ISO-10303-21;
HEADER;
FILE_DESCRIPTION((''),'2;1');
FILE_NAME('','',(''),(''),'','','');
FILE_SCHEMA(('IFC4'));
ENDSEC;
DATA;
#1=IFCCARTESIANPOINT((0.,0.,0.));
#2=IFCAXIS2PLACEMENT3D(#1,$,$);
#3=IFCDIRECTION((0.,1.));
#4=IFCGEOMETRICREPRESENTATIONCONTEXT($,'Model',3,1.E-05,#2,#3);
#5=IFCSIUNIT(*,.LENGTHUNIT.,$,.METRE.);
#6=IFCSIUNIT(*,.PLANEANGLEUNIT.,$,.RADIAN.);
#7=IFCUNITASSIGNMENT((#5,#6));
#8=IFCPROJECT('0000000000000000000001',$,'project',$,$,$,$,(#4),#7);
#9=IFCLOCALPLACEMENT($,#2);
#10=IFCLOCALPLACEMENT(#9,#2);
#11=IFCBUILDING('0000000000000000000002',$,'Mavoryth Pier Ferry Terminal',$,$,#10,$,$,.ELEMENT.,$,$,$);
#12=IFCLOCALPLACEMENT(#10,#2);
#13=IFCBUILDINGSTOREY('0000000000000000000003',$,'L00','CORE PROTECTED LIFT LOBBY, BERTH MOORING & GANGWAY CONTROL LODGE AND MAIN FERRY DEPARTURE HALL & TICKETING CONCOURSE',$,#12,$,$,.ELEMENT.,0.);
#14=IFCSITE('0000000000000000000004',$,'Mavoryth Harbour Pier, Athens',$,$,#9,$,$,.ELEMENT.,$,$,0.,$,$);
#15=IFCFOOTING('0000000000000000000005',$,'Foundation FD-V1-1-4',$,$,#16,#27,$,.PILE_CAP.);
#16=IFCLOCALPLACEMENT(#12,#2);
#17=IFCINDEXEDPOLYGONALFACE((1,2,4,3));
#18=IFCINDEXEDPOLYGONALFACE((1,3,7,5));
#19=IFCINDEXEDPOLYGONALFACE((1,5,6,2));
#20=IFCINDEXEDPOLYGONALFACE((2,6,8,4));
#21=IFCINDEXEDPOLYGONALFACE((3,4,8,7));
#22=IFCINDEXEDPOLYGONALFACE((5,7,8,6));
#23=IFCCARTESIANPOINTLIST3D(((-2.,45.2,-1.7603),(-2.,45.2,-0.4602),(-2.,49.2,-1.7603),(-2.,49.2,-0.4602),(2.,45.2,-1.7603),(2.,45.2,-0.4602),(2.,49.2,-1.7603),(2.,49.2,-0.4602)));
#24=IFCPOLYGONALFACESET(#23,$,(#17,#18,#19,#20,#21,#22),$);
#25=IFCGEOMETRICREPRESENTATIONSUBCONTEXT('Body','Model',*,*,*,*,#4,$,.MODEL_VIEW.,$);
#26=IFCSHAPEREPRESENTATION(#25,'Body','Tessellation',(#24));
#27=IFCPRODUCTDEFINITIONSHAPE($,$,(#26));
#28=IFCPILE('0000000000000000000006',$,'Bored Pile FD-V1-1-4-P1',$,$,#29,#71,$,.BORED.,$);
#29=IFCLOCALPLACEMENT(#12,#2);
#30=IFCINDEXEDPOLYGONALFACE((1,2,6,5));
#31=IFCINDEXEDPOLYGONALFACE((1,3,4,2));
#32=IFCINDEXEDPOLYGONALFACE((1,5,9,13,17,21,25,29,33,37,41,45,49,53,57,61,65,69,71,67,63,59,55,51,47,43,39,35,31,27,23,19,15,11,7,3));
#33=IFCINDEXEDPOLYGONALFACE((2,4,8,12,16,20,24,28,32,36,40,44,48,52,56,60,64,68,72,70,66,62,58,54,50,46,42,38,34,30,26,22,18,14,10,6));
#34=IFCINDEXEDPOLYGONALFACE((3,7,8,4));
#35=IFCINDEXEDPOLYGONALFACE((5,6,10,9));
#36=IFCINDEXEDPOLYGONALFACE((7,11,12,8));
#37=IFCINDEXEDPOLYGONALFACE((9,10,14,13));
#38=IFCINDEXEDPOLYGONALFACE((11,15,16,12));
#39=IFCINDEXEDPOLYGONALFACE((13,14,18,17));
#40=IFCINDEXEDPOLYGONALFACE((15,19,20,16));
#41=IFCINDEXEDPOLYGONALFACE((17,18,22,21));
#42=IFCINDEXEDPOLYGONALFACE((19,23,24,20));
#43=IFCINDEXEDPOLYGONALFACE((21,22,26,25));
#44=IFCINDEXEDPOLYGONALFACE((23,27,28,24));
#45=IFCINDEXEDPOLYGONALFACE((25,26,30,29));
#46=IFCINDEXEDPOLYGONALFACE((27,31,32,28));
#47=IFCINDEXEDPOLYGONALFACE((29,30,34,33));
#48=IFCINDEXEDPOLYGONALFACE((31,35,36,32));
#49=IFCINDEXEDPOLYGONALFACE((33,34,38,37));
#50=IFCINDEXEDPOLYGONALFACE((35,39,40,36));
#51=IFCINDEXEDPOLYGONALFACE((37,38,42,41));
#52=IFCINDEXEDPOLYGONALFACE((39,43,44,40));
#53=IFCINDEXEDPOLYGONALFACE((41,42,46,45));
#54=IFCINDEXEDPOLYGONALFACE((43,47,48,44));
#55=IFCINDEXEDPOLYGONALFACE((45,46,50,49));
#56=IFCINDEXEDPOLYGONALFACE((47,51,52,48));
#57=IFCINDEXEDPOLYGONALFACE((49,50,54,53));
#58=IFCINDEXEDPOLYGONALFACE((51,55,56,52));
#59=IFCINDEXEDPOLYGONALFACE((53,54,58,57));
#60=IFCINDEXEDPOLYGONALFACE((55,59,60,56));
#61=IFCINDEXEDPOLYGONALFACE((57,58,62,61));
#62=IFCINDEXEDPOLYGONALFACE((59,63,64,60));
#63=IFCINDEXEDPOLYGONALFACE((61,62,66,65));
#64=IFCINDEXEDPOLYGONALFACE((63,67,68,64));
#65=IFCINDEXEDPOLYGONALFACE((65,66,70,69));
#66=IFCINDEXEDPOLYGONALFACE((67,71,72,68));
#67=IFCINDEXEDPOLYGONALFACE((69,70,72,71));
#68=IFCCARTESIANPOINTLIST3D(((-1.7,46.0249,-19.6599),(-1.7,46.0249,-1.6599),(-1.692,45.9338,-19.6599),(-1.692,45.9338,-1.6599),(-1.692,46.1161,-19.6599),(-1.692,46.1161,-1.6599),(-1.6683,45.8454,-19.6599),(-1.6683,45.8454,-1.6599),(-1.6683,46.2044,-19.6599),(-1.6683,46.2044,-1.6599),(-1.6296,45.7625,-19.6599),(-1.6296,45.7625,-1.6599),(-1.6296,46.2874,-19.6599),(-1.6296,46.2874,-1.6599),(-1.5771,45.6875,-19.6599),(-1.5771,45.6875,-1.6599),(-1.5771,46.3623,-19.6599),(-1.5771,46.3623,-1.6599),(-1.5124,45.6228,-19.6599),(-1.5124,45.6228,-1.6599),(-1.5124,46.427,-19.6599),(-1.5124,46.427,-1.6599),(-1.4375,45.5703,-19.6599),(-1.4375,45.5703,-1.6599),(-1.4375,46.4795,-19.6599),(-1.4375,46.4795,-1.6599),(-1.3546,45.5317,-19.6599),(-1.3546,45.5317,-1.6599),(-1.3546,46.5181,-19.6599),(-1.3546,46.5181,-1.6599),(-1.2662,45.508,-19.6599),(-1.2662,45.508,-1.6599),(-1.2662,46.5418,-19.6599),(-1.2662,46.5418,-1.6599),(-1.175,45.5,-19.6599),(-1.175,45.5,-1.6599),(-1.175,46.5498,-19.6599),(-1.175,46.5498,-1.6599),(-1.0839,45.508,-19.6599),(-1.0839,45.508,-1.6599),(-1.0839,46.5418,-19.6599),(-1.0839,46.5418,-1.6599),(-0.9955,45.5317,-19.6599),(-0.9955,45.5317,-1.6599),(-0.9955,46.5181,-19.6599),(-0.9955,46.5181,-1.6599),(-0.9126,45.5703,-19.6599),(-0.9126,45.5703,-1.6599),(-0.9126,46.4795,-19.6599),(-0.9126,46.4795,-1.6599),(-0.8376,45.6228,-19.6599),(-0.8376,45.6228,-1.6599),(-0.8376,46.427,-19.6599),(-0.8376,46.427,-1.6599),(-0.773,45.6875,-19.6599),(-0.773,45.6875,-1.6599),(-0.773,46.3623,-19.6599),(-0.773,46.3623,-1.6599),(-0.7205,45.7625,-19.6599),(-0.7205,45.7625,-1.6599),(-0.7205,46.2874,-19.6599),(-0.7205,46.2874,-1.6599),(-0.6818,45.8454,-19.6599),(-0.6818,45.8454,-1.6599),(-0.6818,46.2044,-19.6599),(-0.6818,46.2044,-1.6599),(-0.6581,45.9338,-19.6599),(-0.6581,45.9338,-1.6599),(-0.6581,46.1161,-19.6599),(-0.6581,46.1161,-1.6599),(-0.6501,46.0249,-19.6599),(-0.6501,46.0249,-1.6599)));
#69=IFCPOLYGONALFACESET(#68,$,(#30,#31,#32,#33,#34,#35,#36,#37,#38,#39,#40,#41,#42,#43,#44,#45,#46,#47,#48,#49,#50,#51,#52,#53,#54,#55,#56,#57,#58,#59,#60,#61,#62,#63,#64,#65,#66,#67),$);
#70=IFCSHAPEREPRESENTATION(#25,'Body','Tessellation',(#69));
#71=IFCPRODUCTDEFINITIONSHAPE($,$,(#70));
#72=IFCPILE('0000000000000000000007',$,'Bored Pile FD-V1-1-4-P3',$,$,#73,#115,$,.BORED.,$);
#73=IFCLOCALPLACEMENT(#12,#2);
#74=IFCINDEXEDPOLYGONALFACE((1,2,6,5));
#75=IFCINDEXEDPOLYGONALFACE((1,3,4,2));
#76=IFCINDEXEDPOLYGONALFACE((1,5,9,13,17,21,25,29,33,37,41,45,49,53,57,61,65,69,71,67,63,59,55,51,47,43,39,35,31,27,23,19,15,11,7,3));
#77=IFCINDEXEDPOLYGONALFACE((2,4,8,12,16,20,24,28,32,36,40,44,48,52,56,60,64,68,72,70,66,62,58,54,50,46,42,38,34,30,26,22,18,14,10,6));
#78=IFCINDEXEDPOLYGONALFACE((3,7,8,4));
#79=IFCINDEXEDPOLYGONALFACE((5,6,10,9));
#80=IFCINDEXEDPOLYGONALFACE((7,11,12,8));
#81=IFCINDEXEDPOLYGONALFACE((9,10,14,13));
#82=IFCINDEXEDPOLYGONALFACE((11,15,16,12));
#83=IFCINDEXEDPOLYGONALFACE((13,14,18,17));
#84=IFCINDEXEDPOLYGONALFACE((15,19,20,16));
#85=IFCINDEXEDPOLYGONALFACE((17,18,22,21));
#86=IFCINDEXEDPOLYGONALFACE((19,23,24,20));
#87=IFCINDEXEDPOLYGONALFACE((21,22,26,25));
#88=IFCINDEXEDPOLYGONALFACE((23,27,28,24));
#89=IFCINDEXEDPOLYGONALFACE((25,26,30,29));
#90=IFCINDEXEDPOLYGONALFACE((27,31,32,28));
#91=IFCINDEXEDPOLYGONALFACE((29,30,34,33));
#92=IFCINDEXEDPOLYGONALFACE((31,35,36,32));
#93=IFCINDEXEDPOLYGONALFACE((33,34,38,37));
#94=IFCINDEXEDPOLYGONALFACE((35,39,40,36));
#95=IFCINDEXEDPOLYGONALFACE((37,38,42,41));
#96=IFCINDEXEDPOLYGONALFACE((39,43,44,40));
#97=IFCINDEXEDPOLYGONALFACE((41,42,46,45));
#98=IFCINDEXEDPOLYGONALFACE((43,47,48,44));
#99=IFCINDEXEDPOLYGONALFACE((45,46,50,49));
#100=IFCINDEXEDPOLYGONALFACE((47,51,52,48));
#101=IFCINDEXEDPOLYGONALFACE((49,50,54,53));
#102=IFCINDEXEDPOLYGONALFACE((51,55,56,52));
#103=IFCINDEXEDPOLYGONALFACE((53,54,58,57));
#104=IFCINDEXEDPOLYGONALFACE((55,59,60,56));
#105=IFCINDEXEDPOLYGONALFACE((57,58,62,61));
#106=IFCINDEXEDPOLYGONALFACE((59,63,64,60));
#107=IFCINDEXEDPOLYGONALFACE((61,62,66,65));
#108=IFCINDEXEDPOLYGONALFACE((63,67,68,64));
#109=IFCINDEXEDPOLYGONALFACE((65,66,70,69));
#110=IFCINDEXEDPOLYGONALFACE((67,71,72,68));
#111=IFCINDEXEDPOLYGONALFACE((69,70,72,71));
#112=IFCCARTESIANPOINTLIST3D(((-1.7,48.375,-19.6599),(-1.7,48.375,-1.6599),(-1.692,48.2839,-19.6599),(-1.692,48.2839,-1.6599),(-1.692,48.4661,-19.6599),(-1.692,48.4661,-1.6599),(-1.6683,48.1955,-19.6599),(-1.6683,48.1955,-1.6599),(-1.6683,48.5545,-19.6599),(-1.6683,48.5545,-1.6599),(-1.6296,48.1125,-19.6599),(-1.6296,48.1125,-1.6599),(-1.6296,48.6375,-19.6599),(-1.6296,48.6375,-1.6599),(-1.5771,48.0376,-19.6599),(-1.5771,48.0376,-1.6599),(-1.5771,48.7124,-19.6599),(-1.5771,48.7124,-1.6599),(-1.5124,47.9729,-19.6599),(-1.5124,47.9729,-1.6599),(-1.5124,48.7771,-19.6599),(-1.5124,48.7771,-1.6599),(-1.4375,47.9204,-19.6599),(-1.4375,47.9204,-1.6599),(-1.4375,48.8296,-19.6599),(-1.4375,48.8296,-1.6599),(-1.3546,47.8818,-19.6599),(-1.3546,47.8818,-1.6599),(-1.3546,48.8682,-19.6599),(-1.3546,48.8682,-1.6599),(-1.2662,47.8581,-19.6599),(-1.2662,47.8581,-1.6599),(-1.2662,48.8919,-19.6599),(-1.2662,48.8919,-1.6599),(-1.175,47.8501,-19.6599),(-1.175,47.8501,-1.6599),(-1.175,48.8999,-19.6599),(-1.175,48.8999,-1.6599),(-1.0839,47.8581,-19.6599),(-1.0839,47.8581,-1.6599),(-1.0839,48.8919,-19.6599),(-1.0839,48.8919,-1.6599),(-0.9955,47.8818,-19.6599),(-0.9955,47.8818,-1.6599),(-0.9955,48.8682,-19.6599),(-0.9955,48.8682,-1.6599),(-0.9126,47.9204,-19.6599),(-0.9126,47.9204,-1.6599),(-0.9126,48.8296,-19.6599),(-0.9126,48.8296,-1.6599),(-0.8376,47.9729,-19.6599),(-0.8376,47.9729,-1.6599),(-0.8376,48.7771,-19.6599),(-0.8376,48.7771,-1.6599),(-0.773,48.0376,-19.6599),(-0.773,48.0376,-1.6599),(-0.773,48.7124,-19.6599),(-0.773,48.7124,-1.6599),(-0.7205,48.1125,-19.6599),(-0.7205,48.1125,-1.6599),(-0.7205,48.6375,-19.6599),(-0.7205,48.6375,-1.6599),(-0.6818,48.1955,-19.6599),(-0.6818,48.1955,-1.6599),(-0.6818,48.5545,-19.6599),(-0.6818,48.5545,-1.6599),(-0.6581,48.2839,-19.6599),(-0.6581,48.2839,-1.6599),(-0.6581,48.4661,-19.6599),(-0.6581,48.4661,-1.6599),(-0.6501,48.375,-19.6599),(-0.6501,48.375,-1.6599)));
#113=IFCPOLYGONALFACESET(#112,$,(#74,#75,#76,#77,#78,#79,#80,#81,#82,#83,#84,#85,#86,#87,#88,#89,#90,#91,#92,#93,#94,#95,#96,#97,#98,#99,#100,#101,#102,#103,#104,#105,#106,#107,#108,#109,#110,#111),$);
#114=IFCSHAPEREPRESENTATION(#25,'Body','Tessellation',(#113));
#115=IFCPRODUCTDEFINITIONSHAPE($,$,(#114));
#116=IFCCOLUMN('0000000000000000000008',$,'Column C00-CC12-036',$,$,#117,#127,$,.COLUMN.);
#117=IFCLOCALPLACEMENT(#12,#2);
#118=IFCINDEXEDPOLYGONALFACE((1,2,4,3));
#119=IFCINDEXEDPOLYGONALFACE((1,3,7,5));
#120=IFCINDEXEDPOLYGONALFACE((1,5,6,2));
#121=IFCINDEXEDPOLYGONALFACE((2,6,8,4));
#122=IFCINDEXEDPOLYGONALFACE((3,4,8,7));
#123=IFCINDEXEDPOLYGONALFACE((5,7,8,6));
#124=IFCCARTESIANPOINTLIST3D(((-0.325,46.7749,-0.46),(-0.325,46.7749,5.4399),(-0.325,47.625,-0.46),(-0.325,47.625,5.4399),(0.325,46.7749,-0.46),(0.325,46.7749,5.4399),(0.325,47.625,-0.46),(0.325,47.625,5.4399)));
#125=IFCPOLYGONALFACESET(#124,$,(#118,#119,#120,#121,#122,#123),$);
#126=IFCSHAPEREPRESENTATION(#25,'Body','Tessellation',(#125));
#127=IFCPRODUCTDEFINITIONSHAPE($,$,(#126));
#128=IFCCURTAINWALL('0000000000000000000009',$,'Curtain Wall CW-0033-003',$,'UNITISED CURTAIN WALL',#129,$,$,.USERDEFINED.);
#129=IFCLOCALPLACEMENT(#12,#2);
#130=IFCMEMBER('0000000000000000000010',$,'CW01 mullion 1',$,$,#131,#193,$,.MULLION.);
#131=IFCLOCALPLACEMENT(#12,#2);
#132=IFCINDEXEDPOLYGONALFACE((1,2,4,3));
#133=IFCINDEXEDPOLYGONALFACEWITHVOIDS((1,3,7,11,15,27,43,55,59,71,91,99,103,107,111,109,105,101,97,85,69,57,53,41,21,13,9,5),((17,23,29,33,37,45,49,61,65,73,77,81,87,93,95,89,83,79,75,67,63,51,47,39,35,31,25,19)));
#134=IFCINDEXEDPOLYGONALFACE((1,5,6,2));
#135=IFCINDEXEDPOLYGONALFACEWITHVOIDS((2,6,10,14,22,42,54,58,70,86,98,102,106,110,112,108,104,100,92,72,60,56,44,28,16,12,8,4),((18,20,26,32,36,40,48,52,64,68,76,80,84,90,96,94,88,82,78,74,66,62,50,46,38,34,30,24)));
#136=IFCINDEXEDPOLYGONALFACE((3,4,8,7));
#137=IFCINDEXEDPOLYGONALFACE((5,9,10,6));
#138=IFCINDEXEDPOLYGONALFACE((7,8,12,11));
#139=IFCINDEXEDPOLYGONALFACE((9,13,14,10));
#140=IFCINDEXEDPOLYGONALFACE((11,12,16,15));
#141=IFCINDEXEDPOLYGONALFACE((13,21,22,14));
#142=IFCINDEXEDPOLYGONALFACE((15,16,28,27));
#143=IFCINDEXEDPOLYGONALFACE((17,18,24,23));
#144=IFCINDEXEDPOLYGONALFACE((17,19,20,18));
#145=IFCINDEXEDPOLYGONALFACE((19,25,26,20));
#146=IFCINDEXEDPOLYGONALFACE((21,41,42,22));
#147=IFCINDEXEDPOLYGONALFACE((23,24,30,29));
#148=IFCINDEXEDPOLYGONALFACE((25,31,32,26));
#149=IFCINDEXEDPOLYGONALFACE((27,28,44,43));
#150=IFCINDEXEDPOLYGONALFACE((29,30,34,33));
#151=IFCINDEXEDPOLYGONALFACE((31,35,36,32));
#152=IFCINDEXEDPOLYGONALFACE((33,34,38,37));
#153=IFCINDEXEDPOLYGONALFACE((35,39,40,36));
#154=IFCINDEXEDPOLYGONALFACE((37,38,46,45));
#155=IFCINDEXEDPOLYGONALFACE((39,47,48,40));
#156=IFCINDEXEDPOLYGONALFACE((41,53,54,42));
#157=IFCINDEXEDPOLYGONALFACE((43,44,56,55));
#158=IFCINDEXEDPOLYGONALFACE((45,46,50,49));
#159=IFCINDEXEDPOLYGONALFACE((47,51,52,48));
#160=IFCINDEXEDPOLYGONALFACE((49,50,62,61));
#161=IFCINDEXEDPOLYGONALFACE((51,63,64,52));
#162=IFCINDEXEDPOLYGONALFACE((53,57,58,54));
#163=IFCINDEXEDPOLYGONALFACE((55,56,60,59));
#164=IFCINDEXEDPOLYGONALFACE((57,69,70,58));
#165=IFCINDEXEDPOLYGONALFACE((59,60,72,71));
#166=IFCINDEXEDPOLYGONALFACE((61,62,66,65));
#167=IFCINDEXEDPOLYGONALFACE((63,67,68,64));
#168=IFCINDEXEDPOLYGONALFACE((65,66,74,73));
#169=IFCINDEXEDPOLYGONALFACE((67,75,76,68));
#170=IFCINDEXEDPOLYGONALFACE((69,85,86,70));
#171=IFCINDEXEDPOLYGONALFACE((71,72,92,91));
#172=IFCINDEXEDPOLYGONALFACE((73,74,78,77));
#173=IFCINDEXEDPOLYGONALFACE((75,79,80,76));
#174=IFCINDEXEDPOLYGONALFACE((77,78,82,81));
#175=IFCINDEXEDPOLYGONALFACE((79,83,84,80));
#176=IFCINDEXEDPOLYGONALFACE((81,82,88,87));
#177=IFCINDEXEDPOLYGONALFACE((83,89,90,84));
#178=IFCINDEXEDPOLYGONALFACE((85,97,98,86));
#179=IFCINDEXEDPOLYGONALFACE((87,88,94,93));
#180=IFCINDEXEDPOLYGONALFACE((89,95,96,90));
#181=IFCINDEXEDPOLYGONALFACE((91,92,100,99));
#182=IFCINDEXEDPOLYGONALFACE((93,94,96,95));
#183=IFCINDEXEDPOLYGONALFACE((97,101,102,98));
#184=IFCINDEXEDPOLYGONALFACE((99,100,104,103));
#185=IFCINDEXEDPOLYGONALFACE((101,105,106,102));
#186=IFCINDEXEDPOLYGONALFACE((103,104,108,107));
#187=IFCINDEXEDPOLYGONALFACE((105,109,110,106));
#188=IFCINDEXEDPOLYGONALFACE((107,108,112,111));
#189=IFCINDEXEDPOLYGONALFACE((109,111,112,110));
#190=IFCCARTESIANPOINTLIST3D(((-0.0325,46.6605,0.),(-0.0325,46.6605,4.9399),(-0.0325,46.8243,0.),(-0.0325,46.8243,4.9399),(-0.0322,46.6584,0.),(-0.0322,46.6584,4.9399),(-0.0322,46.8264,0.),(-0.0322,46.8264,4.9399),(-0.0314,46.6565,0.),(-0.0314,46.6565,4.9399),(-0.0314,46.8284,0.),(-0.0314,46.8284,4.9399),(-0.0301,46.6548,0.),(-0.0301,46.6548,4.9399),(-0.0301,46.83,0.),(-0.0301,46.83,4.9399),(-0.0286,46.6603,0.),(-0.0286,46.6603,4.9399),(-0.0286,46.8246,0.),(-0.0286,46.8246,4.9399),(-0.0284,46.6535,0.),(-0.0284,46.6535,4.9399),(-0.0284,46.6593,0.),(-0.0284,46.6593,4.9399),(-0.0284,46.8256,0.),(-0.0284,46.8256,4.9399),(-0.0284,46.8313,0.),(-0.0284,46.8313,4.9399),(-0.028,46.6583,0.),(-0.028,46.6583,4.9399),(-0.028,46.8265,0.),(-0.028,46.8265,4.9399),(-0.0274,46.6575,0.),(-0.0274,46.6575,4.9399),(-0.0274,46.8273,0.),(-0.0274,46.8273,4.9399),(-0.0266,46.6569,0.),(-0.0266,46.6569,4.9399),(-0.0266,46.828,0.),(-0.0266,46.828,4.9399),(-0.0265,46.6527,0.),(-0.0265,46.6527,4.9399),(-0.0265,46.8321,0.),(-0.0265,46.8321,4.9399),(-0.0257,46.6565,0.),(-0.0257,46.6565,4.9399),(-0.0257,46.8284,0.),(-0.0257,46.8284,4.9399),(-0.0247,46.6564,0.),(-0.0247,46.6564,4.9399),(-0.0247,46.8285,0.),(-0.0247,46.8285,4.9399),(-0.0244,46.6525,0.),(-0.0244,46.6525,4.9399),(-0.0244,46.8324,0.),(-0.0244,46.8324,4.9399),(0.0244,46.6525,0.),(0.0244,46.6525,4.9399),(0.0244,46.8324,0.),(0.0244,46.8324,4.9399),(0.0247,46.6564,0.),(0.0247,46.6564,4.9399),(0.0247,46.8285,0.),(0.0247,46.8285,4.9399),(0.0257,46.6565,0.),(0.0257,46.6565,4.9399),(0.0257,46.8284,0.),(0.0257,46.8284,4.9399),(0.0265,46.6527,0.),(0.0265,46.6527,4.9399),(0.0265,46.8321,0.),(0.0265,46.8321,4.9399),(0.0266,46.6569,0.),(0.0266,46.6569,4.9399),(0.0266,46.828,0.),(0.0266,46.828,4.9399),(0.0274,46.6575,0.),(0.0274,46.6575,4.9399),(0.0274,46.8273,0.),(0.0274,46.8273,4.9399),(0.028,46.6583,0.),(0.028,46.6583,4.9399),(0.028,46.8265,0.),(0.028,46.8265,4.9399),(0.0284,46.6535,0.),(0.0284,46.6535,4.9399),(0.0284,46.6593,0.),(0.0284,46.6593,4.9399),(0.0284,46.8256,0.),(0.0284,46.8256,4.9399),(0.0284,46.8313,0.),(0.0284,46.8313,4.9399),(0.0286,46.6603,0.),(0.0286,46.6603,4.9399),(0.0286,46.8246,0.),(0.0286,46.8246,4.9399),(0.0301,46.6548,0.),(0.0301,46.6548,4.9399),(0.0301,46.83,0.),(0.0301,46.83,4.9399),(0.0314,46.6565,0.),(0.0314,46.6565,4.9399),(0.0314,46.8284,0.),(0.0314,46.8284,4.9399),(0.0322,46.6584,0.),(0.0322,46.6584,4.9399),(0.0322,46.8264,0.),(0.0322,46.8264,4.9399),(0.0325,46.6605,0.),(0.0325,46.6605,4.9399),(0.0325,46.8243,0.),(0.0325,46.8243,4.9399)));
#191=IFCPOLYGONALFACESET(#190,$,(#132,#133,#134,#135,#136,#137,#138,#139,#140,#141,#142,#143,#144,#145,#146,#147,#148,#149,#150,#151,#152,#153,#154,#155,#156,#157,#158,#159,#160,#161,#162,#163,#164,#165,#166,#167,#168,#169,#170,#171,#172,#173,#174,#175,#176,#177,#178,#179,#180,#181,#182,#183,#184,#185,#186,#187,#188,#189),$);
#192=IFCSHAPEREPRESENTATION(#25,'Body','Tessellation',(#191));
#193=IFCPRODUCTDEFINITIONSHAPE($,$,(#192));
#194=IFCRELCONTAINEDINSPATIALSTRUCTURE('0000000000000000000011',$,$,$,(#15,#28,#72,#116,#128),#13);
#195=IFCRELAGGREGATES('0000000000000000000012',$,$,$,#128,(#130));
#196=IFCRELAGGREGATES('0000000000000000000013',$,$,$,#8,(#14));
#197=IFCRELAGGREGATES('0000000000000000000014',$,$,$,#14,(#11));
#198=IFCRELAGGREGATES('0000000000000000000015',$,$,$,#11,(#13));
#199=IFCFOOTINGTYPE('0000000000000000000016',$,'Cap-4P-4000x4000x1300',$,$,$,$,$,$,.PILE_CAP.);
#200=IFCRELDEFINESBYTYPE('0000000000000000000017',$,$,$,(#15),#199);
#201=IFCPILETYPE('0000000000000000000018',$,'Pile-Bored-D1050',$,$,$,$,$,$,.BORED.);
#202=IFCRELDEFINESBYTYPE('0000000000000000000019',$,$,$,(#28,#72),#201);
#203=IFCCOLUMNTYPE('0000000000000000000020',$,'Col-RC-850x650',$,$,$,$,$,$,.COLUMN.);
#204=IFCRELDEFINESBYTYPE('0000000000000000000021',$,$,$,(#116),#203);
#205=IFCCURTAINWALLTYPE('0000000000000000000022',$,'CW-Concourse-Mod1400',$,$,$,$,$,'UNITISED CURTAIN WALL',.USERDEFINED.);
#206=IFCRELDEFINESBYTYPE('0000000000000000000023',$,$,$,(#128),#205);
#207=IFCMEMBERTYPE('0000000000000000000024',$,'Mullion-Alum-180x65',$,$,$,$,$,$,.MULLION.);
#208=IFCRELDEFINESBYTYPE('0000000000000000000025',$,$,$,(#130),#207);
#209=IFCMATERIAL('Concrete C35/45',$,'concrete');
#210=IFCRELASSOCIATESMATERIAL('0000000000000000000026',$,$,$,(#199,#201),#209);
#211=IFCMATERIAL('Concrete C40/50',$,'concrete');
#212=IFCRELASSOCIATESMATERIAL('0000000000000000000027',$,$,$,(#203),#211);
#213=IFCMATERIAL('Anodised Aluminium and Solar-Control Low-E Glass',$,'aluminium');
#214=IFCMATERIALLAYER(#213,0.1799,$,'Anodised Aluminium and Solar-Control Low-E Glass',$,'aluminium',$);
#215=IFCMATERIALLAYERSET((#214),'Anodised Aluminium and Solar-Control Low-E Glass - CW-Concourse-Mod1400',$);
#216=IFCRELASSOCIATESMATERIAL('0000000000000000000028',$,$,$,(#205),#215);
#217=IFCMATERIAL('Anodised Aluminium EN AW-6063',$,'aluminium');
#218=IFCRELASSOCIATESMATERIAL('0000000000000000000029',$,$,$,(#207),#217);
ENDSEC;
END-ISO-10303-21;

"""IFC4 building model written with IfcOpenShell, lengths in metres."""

from ifc_helpers import new_model, si_unit, direction, frame, origin, origin_2d, place, context, subcontext, project, spatial, rectangle, hollow_rectangle, circle, extrude, material, layer, layer_set, material_profile, profile_set, type_object, element, aggregate, save


model = new_model("IFC4")

# Units and contexts
model_context = context("Model", 3, precision=1e-05, world=origin(), true_north=direction((0.0, 1.0)))
body_context = subcontext(model_context, "Body", "Model", "MODEL_VIEW")
ifc_project = project(units=[si_unit("LENGTHUNIT", "METRE"), si_unit("PLANEANGLEUNIT", "RADIAN")], contexts=[model_context])

# Site, building, storey
site_placement = place(None, origin())
site = spatial("IfcSite", under=ifc_project, at=site_placement, Name="Mavoryth Harbour Pier, Athens", CompositionType="ELEMENT", RefElevation=0.0)
building_placement = place(site_placement, origin())
building = spatial("IfcBuilding", under=site, at=building_placement, Name="Mavoryth Pier Ferry Terminal", CompositionType="ELEMENT")
storey_placement = place(building_placement, origin())
storey = spatial("IfcBuildingStorey", under=building, at=storey_placement, Name="L00", Description="CORE PROTECTED LIFT LOBBY, BERTH MOORING & GANGWAY CONTROL LODGE AND MAIN FERRY DEPARTURE HALL & TICKETING CONCOURSE", CompositionType="ELEMENT", Elevation=0.0)

# Footing
ifc_material_1 = material(Name="Concrete C35/45", Category="concrete")
footing_type = type_object("IfcFootingType", Name="Cap-4P-4000x4000x1300", PredefinedType="PILE_CAP", material=ifc_material_1)
footing_placement = place(storey_placement, frame((0.0, 47.2, -1.7603), z_axis=(0.0, 0.0, 1.0), x_axis=(1.0, 0.0, 0.0)))
element("IfcFooting", 1, at=footing_placement, inside=storey, type_object=footing_type, Name="Foundation FD-V1-1-4", PredefinedType="PILE_CAP", context=body_context, shape_type="SweptSolid", body=[
    extrude(rectangle(XDim=4.0, YDim=4.0, at=origin_2d()), origin(), (0.0, 0.0, 1.0), 1.3),
])

# Piles
ifc_material_profile_1 = material_profile(ifc_material_1, circle(Radius=0.5249, at=origin_2d()), Name="PILE D1050", Category="concrete")
ifc_profile_set_1 = profile_set([ifc_material_profile_1], Name="Concrete C35/45 - PILE D1050")
pile_type = type_object("IfcPileType", Name="Pile-Bored-D1050", PredefinedType="BORED", material=ifc_profile_set_1)
for number, where, z_axis, x_axis, name in (
    (2, (-1.175, 46.0249, -1.6599), (0.0, 0.0, -1.0), (1.0, 0.0, 0.0), "Bored Pile FD-V1-1-4-P1"),
    (3, (-1.175, 48.375, -1.6599), (0.0, 0.0, -1.0), (1.0, 0.0, 0.0), "Bored Pile FD-V1-1-4-P3"),
):
    element("IfcPile", number, at=place(storey_placement, frame(where, z_axis=z_axis, x_axis=x_axis)), inside=storey, type_object=pile_type, Name=name, PredefinedType="BORED", context=body_context, shape_type="SweptSolid", body=[
        extrude(circle(Radius=0.5249, at=origin_2d()), origin(), (0.0, 0.0, 1.0), 18.0),
    ])

# Column
ifc_material_2 = material(Name="Concrete C40/50", Category="concrete")
ifc_material_profile_2 = material_profile(ifc_material_2, rectangle(XDim=0.6499, YDim=0.8501, at=origin_2d()), Name="RC 850x650", Category="concrete")
ifc_profile_set_2 = profile_set([ifc_material_profile_2], Name="Concrete C40/50 - RC 850x650")
column_type = type_object("IfcColumnType", Name="Col-RC-850x650", PredefinedType="COLUMN", material=ifc_profile_set_2)
column_placement = place(storey_placement, frame((0.0, 47.2, -0.46), z_axis=(0.0, 0.0, 1.0), x_axis=(1.0, 0.0, 0.0)))
element("IfcColumn", 4, at=column_placement, inside=storey, type_object=column_type, Name="Column C00-CC12-036", PredefinedType="COLUMN", context=body_context, shape_type="SweptSolid", body=[
    extrude(rectangle(XDim=0.6499, YDim=0.8501, at=origin_2d()), origin(), (0.0, 0.0, 1.0), 5.8999),
])

# Curtain wall, member
ifc_material_3 = material(Name="Anodised Aluminium and Solar-Control Low-E Glass", Category="aluminium")
ifc_layer_1 = layer(ifc_material_3, 0.1799, Name="Anodised Aluminium and Solar-Control Low-E Glass", Category="aluminium")
ifc_layer_set_1 = layer_set([ifc_layer_1], Name="Anodised Aluminium and Solar-Control Low-E Glass - CW-Concourse-Mod1400")
curtain_wall_type = type_object("IfcCurtainWallType", Name="CW-Concourse-Mod1400", ElementType="UNITISED CURTAIN WALL", PredefinedType="USERDEFINED", material=ifc_layer_set_1)
curtain_wall_1_placement = place(storey_placement, origin())
curtain_wall_1 = element("IfcCurtainWall", 5, at=curtain_wall_1_placement, inside=storey, type_object=curtain_wall_type, Name="Curtain Wall CW-0033-003", ObjectType="UNITISED CURTAIN WALL", PredefinedType="USERDEFINED")
ifc_material_4 = material(Name="Anodised Aluminium EN AW-6063", Category="aluminium")
ifc_material_profile_3 = material_profile(ifc_material_4, hollow_rectangle(XDim=0.0649, YDim=0.1799, WallThickness=0.0039, InnerFilletRadius=0.0039, OuterFilletRadius=0.0081, at=origin_2d()), Name="AL-MULL 180x65x4", Category="aluminium")
ifc_profile_set_3 = profile_set([ifc_material_profile_3], Name="Anodised Aluminium EN AW-6063 - AL-MULL 180x65x4")
member_type_1 = type_object("IfcMemberType", Name="Mullion-Alum-180x65", PredefinedType="MULLION", material=ifc_profile_set_3)
member_1_placement = place(storey_placement, frame((0.0, 46.7424, 0.0), z_axis=(0.0, 0.0, 1.0), x_axis=(1.0, 0.0, 0.0)))
member_1 = element("IfcMember", 6, at=member_1_placement, type_object=member_type_1, Name="CW01 mullion 1", PredefinedType="MULLION", context=body_context, shape_type="SweptSolid", body=[
    extrude(hollow_rectangle(XDim=0.0649, YDim=0.1799, WallThickness=0.0039, InnerFilletRadius=0.0039, OuterFilletRadius=0.0081, at=origin_2d()), origin(), (0.0, 0.0, 1.0), 4.9399),
])

aggregate(curtain_wall_1, [member_1])

save(model, "model.ifc")
